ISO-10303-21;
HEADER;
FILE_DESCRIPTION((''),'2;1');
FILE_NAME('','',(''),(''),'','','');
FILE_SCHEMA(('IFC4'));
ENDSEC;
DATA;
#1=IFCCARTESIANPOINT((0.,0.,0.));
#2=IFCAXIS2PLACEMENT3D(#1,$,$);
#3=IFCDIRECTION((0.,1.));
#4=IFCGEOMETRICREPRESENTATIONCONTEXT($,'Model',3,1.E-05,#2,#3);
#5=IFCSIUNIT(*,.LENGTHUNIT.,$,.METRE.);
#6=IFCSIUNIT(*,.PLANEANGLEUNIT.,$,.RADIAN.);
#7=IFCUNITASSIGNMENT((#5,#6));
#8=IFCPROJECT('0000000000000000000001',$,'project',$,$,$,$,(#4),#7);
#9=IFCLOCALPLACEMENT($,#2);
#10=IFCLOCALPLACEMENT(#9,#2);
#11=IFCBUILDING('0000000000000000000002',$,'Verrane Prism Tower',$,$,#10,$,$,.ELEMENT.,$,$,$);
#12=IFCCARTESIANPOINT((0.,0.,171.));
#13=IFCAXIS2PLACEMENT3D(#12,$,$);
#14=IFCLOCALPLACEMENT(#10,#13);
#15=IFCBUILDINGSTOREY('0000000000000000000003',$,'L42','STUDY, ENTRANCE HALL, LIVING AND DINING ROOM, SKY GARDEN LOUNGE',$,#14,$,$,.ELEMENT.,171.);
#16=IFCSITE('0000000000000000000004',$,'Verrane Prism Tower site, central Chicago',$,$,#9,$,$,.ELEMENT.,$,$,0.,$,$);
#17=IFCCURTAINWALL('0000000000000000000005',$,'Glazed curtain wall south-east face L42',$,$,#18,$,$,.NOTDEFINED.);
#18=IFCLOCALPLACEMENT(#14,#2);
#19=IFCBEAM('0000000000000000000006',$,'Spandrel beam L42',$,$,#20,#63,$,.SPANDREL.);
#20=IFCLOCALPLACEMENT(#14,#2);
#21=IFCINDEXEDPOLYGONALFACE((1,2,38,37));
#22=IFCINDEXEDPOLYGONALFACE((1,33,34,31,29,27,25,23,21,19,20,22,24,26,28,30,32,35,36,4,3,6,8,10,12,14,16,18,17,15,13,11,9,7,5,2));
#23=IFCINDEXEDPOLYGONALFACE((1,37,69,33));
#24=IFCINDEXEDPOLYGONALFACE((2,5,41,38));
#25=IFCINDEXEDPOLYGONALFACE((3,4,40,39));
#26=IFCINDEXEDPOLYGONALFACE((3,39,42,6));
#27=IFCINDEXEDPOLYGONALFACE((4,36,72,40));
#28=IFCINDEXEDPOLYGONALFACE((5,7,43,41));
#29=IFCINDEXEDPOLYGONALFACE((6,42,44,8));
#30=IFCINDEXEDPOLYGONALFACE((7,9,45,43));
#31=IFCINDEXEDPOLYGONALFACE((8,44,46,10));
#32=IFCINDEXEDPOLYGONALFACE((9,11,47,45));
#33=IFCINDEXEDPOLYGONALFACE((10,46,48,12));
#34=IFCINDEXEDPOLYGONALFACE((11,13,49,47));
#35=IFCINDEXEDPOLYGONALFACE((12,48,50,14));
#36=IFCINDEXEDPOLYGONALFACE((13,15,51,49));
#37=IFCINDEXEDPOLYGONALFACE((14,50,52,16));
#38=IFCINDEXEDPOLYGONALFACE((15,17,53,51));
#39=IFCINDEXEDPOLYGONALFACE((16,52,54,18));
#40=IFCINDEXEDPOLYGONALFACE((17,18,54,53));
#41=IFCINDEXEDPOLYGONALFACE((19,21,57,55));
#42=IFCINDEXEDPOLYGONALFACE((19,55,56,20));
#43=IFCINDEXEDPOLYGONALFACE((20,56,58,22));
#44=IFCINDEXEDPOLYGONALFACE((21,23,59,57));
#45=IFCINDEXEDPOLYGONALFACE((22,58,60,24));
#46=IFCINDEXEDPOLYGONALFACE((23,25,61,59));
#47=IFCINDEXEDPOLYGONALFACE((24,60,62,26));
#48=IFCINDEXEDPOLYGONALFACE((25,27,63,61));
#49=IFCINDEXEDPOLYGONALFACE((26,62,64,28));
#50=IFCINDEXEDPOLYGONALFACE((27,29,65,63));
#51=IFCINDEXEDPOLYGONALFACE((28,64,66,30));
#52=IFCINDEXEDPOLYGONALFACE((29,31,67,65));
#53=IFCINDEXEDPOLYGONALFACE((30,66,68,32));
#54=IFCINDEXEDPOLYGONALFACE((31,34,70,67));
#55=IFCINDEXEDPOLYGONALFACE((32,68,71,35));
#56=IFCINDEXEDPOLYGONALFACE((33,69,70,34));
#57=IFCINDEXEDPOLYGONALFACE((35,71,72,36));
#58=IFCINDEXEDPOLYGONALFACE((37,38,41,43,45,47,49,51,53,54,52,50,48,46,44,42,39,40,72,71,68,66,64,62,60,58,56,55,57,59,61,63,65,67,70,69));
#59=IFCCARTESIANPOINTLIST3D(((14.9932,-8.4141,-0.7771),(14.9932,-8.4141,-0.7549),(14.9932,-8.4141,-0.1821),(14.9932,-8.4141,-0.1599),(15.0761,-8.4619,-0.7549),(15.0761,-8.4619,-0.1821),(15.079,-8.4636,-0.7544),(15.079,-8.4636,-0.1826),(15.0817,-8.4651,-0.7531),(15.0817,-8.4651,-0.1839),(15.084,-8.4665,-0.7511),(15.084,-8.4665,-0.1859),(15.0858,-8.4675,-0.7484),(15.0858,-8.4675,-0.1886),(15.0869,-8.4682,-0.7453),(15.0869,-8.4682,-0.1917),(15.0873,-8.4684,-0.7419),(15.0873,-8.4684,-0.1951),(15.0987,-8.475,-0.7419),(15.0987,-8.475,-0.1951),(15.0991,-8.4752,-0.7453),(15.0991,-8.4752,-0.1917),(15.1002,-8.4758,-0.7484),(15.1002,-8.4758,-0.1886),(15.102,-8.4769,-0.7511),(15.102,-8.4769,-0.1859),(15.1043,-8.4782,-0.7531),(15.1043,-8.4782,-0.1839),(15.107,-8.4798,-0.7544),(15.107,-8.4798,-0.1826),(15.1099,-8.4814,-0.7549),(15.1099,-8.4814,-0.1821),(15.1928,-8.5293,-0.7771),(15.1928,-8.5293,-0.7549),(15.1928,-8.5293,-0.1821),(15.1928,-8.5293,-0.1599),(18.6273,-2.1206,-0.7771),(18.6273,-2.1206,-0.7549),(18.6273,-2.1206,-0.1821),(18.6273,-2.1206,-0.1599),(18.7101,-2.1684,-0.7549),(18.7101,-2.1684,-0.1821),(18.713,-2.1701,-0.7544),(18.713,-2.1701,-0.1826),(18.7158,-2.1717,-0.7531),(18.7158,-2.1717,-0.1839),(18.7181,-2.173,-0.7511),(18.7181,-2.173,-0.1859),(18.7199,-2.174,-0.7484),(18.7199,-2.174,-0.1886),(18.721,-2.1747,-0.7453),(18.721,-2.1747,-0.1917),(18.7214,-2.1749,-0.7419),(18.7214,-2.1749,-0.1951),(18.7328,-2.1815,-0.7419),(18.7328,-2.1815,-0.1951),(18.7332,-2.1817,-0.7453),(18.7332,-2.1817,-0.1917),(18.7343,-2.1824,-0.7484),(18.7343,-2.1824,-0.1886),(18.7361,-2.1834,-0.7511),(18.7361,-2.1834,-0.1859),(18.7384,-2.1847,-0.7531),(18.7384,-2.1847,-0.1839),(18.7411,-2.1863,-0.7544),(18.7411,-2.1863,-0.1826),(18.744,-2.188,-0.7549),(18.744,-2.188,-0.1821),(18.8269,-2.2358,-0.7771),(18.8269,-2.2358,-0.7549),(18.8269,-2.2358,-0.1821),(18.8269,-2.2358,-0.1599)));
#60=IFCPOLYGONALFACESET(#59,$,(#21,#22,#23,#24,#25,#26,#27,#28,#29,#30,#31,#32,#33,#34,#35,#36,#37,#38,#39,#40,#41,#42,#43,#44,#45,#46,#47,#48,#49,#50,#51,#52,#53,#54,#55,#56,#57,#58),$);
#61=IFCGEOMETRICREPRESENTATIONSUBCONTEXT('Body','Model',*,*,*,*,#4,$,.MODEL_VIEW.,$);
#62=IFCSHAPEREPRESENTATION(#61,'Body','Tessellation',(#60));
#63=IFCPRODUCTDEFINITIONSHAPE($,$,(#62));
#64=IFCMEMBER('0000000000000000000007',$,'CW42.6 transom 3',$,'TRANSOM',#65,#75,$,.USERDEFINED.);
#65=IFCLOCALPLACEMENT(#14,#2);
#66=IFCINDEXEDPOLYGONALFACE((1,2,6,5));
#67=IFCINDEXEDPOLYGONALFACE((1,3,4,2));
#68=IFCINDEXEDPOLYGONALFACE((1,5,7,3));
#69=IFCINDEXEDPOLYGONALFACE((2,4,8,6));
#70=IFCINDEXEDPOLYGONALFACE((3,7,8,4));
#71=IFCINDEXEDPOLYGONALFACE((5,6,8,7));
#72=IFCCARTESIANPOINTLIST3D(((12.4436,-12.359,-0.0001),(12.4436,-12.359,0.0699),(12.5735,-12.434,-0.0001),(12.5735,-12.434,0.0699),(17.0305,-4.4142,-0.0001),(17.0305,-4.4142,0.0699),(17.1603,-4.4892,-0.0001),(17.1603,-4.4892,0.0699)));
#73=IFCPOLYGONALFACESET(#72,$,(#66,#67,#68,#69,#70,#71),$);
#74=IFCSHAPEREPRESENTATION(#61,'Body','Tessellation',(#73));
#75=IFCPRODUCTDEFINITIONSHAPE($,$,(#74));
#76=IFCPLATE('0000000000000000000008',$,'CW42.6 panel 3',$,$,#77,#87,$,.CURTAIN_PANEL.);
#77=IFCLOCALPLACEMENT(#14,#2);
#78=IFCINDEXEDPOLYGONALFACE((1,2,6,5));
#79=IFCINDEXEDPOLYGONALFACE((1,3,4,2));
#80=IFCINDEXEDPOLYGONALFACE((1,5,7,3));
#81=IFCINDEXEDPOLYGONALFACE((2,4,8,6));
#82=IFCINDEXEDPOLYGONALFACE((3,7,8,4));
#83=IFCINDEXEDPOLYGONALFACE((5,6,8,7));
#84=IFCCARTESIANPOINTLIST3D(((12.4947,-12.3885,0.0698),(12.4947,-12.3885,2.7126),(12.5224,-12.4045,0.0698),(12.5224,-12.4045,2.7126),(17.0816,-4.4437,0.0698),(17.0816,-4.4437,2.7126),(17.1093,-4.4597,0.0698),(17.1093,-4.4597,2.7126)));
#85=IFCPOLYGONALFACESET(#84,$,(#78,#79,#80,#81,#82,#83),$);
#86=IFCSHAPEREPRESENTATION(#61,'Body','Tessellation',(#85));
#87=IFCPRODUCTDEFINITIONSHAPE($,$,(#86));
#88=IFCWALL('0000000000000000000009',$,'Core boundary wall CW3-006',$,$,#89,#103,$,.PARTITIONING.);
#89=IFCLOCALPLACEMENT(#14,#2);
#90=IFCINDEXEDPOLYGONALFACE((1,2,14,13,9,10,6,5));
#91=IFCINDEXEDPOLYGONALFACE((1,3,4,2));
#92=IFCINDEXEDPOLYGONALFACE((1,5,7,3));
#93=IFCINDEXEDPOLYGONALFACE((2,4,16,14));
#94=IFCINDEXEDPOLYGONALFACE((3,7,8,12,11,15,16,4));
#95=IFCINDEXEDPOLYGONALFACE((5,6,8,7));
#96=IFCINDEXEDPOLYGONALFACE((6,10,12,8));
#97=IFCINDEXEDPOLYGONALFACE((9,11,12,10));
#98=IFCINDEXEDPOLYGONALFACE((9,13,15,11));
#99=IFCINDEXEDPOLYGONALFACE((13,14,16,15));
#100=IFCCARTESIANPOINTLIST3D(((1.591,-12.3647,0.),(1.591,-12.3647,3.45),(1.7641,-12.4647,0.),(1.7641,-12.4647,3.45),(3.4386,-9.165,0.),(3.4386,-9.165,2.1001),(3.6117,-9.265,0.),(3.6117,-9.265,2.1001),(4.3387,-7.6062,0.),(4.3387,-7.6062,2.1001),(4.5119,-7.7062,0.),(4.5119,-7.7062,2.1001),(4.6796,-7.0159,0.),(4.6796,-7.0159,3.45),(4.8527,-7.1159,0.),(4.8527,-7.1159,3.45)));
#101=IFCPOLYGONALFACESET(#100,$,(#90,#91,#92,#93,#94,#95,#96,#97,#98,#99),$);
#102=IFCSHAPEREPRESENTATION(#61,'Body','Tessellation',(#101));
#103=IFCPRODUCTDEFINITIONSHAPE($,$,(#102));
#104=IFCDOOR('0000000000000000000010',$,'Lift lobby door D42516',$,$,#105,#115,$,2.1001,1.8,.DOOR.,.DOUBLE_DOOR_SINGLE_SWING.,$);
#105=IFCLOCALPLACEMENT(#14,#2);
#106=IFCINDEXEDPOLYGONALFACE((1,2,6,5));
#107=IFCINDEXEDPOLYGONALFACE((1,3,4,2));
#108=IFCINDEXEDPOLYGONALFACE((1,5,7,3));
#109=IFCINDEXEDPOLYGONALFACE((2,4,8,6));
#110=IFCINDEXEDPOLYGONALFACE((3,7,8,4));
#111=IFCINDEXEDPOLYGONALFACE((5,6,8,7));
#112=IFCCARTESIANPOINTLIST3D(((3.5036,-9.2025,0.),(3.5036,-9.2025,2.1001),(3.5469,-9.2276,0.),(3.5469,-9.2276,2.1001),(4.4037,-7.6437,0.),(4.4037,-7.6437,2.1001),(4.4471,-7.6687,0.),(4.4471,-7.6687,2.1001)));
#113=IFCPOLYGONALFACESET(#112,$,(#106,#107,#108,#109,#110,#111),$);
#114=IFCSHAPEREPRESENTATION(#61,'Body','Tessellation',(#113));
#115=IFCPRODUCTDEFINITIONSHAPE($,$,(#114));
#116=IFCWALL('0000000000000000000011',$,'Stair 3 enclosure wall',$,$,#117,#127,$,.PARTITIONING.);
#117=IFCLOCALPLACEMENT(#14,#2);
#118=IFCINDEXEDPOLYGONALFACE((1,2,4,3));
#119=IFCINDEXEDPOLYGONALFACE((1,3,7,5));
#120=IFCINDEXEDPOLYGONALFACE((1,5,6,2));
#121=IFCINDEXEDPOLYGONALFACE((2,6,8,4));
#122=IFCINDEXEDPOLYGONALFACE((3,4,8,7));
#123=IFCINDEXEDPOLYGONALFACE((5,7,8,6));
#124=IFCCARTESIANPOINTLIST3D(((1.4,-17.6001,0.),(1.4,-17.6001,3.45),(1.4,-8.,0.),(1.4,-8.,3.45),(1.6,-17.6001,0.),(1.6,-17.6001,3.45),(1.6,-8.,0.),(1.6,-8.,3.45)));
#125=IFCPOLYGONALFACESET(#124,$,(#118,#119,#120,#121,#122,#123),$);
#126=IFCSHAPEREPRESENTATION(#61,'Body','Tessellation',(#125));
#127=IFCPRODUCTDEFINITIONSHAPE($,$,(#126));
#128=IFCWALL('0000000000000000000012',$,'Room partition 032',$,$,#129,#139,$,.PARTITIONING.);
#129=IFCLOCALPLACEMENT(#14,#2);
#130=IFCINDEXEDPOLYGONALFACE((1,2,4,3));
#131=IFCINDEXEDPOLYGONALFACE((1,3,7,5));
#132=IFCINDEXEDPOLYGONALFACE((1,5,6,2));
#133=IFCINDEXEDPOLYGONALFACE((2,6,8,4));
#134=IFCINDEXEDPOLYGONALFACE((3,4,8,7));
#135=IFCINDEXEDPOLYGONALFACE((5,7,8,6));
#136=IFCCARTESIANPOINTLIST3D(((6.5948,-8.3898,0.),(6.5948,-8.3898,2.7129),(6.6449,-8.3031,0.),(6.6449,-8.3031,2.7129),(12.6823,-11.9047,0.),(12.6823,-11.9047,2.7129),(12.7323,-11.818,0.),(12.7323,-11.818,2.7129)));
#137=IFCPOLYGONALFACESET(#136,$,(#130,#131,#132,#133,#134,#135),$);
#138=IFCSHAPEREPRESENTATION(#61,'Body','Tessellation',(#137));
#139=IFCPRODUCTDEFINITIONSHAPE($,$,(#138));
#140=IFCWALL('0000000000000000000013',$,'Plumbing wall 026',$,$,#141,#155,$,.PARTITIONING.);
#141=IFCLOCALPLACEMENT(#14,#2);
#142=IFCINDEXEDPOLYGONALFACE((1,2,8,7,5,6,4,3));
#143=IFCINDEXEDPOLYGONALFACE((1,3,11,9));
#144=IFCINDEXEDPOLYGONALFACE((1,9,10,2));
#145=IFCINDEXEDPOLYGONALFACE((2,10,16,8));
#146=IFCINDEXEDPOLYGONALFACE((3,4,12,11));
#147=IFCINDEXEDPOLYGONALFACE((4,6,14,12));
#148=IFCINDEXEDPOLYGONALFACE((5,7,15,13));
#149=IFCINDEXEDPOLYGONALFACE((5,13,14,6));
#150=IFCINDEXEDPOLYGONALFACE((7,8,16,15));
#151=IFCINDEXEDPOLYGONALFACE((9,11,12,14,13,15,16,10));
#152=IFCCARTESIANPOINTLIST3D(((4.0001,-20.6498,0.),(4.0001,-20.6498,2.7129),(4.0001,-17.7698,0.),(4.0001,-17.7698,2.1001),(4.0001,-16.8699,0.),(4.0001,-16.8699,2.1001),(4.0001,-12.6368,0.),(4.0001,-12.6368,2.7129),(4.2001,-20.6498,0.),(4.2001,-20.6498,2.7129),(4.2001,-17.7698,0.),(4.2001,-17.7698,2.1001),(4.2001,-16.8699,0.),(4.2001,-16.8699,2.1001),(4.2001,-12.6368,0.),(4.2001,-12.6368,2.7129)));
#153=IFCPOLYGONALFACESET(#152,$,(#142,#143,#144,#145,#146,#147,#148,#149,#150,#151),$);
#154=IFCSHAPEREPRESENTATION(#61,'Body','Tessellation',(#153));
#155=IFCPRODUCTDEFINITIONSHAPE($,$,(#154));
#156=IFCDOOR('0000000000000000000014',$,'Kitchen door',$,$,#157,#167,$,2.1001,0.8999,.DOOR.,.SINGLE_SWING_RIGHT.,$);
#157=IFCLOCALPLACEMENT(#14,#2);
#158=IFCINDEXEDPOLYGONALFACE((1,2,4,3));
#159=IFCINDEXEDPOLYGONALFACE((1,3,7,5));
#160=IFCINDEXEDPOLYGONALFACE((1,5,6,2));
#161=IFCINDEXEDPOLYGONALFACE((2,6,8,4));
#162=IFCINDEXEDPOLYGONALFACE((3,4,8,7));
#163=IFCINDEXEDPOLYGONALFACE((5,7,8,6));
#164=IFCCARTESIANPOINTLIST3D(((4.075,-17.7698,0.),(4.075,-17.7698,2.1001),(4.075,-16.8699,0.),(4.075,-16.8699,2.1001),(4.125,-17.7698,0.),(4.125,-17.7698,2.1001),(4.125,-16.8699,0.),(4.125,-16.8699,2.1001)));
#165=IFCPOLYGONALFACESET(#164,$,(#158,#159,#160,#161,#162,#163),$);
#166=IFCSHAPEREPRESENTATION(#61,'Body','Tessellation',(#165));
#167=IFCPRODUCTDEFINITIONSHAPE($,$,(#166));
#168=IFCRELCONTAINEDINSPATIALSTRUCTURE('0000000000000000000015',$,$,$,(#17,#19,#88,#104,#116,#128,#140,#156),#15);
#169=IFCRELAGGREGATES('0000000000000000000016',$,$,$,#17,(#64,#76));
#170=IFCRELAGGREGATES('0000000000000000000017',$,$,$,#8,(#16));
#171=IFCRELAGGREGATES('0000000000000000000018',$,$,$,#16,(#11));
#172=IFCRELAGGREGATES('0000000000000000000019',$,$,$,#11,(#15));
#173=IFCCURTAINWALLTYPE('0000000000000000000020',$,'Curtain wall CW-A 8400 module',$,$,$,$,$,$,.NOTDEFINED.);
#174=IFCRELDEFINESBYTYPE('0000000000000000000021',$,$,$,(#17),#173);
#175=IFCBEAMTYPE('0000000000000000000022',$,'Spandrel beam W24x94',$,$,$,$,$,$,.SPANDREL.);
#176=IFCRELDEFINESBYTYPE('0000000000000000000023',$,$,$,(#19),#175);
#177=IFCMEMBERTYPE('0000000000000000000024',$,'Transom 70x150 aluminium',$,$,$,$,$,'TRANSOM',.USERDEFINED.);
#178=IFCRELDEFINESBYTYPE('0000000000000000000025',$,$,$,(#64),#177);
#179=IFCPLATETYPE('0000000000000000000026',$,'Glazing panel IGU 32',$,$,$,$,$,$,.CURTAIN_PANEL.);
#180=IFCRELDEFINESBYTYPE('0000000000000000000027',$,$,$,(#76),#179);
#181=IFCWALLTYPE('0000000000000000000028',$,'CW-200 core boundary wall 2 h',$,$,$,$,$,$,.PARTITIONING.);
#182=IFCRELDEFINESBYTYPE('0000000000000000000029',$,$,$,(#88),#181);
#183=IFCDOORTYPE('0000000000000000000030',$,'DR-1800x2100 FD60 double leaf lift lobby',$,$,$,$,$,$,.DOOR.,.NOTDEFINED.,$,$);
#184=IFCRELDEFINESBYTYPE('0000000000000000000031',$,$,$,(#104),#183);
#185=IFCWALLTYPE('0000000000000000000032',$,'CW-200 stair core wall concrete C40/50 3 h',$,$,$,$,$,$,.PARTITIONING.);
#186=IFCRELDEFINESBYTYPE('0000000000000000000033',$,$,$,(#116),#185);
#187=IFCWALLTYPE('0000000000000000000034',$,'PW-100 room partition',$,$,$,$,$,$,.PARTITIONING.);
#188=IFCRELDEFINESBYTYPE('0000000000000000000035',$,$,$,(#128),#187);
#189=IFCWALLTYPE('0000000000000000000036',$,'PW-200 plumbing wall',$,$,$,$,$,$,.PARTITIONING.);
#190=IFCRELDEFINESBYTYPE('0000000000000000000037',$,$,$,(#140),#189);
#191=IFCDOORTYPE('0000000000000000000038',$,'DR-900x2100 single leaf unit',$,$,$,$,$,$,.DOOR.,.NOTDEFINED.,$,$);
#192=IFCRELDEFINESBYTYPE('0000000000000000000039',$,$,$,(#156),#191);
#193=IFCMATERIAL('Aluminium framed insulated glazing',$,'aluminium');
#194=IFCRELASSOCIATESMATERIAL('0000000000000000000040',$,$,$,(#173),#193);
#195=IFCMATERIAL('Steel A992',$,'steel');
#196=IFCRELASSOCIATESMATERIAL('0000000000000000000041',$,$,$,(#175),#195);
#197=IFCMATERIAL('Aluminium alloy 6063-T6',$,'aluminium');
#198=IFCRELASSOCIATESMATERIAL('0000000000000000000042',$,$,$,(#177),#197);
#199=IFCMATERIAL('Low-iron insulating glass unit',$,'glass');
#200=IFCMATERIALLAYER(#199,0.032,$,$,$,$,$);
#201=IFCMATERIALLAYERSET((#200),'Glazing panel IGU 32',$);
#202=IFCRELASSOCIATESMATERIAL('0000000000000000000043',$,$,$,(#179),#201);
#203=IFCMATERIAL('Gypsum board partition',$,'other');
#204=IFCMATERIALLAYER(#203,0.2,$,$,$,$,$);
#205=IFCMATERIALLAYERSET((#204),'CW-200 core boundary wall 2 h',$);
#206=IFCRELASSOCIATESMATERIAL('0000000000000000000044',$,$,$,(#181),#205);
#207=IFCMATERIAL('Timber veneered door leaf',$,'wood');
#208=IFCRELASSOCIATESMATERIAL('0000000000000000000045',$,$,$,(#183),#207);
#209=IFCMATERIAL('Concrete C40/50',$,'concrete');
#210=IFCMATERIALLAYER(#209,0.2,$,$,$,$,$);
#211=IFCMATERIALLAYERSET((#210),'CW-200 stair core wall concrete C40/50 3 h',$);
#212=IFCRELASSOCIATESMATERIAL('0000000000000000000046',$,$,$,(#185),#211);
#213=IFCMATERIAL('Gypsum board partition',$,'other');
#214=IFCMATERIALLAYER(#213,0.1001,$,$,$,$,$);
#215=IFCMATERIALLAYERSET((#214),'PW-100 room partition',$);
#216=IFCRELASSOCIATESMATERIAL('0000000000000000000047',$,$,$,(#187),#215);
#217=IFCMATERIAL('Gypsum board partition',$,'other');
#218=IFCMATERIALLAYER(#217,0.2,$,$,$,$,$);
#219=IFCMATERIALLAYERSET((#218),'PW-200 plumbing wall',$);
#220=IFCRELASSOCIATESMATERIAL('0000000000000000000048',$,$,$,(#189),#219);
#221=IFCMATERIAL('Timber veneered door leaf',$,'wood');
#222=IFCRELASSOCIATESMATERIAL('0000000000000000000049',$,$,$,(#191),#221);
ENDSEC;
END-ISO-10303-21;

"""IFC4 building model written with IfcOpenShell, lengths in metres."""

from ifc_helpers import new_model, si_unit, direction, frame, frame_2d, origin, origin_2d, place, context, subcontext, project, spatial, rectangle, i_section, extrude, material, layer, layer_set, material_profile, profile_set, type_object, element, fill, aggregate, save


model = new_model("IFC4")

# Units and contexts
model_context = context("Model", 3, precision=1e-05, world=origin(), true_north=direction((0.0, 1.0)))
body_context = subcontext(model_context, "Body", "Model", "MODEL_VIEW")
ifc_project = project(units=[si_unit("LENGTHUNIT", "METRE"), si_unit("PLANEANGLEUNIT", "RADIAN")], contexts=[model_context])

# Site, building, storey
site_placement = place(None, origin())
site = spatial("IfcSite", under=ifc_project, at=site_placement, Name="Verrane Prism Tower site, central Chicago", CompositionType="ELEMENT", RefElevation=0.0)
building_placement = place(site_placement, origin())
building = spatial("IfcBuilding", under=site, at=building_placement, Name="Verrane Prism Tower", CompositionType="ELEMENT")
storey_placement = place(building_placement, frame((0.0, 0.0, 171.0)))
storey = spatial("IfcBuildingStorey", under=building, at=storey_placement, Name="L42", Description="STUDY, ENTRANCE HALL, LIVING AND DINING ROOM, SKY GARDEN LOUNGE", CompositionType="ELEMENT", Elevation=171.0)

# Curtain wall
ifc_material_1 = material(Name="Aluminium framed insulated glazing", Category="aluminium")
curtain_wall_type = type_object("IfcCurtainWallType", Name="Curtain wall CW-A 8400 module", PredefinedType="NOTDEFINED", material=ifc_material_1)
curtain_wall_placement = place(storey_placement, origin())
curtain_wall = element("IfcCurtainWall", 1, at=curtain_wall_placement, inside=storey, type_object=curtain_wall_type, Name="Glazed curtain wall south-east face L42", PredefinedType="NOTDEFINED")

# Beam
ifc_material_2 = material(Name="Steel A992", Category="steel")
ifc_material_profile_1 = material_profile(ifc_material_2, i_section(OverallWidth=0.2305, OverallDepth=0.6172, WebThickness=0.0132, FlangeThickness=0.0222, FilletRadius=0.0129, at=origin_2d()), Name="W24x94")
ifc_profile_set_1 = profile_set([ifc_material_profile_1], Name="Steel A992")
beam_type_1 = type_object("IfcBeamType", Name="Spandrel beam W24x94", PredefinedType="SPANDREL", material=ifc_profile_set_1)
beam_1_placement = place(storey_placement, frame((15.093, -8.4717, -0.4685), z_axis=(0.500052, 0.865995, 0.0), x_axis=(-0.865995, 0.500052, 0.0)))
element("IfcBeam", 2, at=beam_1_placement, inside=storey, type_object=beam_type_1, Name="Spandrel beam L42", PredefinedType="SPANDREL", context=body_context, shape_type="SweptSolid", body=[
    extrude(i_section(OverallWidth=0.2305, OverallDepth=0.6172, WebThickness=0.0132, FlangeThickness=0.0222, FilletRadius=0.0129, at=origin_2d()), origin(), (0.0, 0.0, 1.0), 7.2673),
])

# Member
ifc_material_3 = material(Name="Aluminium alloy 6063-T6", Category="aluminium")
ifc_material_profile_2 = material_profile(ifc_material_3, rectangle(XDim=0.1499, YDim=0.0701, at=origin_2d()), Name="Transom 70x150 aluminium")
ifc_profile_set_2 = profile_set([ifc_material_profile_2], Name="Aluminium alloy 6063-T6")
member_type_1 = type_object("IfcMemberType", Name="Transom 70x150 aluminium", ElementType="TRANSOM", PredefinedType="USERDEFINED", material=ifc_profile_set_2)
member_1_placement = place(storey_placement, frame((12.5085, -12.3965, 0.0349), z_axis=(0.499997, 0.866027, 0.0), x_axis=(-0.866027, 0.499997, 0.0)))
member_1 = element("IfcMember", 3, at=member_1_placement, type_object=member_type_1, Name="CW42.6 transom 3", ObjectType="TRANSOM", PredefinedType="USERDEFINED", context=body_context, shape_type="SweptSolid", body=[
    extrude(rectangle(XDim=0.1499, YDim=0.0701, at=origin_2d()), origin(), (0.0, 0.0, 1.0), 9.1738),
])

# Plate
ifc_material_4 = material(Name="Low-iron insulating glass unit", Category="glass")
ifc_layer_1 = layer(ifc_material_4, 0.032)
ifc_layer_set_1 = layer_set([ifc_layer_1], Name="Glazing panel IGU 32")
plate_type = type_object("IfcPlateType", Name="Glazing panel IGU 32", PredefinedType="CURTAIN_PANEL", material=ifc_layer_set_1)
plate_placement = place(storey_placement, frame((14.802, -8.4241, 0.0698), z_axis=(0.0, 0.0, 1.0), x_axis=(0.499998, 0.866026, 0.0)))
plate = element("IfcPlate", 4, at=plate_placement, type_object=plate_type, Name="CW42.6 panel 3", PredefinedType="CURTAIN_PANEL", context=body_context, shape_type="SweptSolid", body=[
    extrude(rectangle(XDim=9.1738, YDim=0.032, at=origin_2d()), origin(), (0.0, 0.0, 1.0), 2.6428),
])
aggregate(curtain_wall, [member_1, plate])

# Wall, opening, door
ifc_material_5 = material(Name="Gypsum board partition", Category="other")
ifc_layer_2 = layer(ifc_material_5, 0.2)
ifc_layer_set_2 = layer_set([ifc_layer_2], Name="CW-200 core boundary wall 2 h")
wall_type_1 = type_object("IfcWallType", Name="CW-200 core boundary wall 2 h", PredefinedType="PARTITIONING", material=ifc_layer_set_2)
wall_1_placement = place(storey_placement, frame((1.6775, -12.4148, 0.0), z_axis=(0.0, 0.0, 1.0), x_axis=(0.500054, 0.865994, 0.0)))
wall_1 = element("IfcWall", 5, at=wall_1_placement, inside=storey, type_object=wall_type_1, Name="Core boundary wall CW3-006", PredefinedType="PARTITIONING", context=body_context, shape_type="SweptSolid", body=[
    extrude(rectangle(XDim=6.1765, YDim=0.2, at=frame_2d((3.0884, 0.0))), origin(), (0.0, 0.0, 1.0), 3.45),
])
opening_1_placement = place(wall_1_placement, frame((3.6951, 0.0, 0.0)))
opening_1 = element("IfcOpeningElement", 6, at=opening_1_placement, cuts=wall_1, PredefinedType="OPENING", context=body_context, shape_type="SweptSolid", body=[
    extrude(rectangle(XDim=1.8, YDim=2.1001, at=frame_2d((0.8999, 1.05))), frame((0.0, 0.1099, 0.0), z_axis=(0.0, -1.0, 0.0), x_axis=(1.0, 0.0, 0.0)), (0.0, 0.0, 1.0), 0.22),
])
ifc_material_6 = material(Name="Timber veneered door leaf", Category="wood")
door_type_1 = type_object("IfcDoorType", Name="DR-1800x2100 FD60 double leaf lift lobby", OperationType="NOTDEFINED", PredefinedType="DOOR", material=ifc_material_6)
door_1_placement = place(opening_1_placement, origin())
door_1 = element("IfcDoor", 7, at=door_1_placement, inside=storey, type_object=door_type_1, Name="Lift lobby door D42516", OperationType="DOUBLE_DOOR_SINGLE_SWING", OverallHeight=2.1001, OverallWidth=1.8, PredefinedType="DOOR", context=body_context, shape_type="SweptSolid", body=[
    extrude(rectangle(XDim=1.8, YDim=2.1001, at=frame_2d((0.8999, 1.05))), frame((0.0, 0.0249, 0.0), z_axis=(0.0, -1.0, 0.0), x_axis=(1.0, 0.0, 0.0)), (0.0, 0.0, 1.0), 0.05),
])
fill(opening_1, door_1)

# Walls
ifc_material_7 = material(Name="Concrete C40/50", Category="concrete")
ifc_layer_3 = layer(ifc_material_7, 0.2)
ifc_layer_set_3 = layer_set([ifc_layer_3], Name="CW-200 stair core wall concrete C40/50 3 h")
wall_type_2 = type_object("IfcWallType", Name="CW-200 stair core wall concrete C40/50 3 h", PredefinedType="PARTITIONING", material=ifc_layer_set_3)
wall_2_placement = place(storey_placement, frame((1.5, -8.0, 0.0), z_axis=(0.0, 0.0, 1.0), x_axis=(0.0, -1.0, 0.0)))
element("IfcWall", 8, at=wall_2_placement, inside=storey, type_object=wall_type_2, Name="Stair 3 enclosure wall", PredefinedType="PARTITIONING", context=body_context, shape_type="SweptSolid", body=[
    extrude(rectangle(XDim=9.6001, YDim=0.2, at=frame_2d((4.8, 0.0))), origin(), (0.0, 0.0, 1.0), 3.45),
])
ifc_material_8 = material(Name="Gypsum board partition", Category="other")
ifc_layer_4 = layer(ifc_material_8, 0.1001)
ifc_layer_set_4 = layer_set([ifc_layer_4], Name="PW-100 room partition")
wall_type_3 = type_object("IfcWallType", Name="PW-100 room partition", PredefinedType="PARTITIONING", material=ifc_layer_set_4)
wall_3_placement = place(storey_placement, frame((6.6199, -8.3464, 0.0), z_axis=(0.0, 0.0, 1.0), x_axis=(0.866005, -0.500035, 0.0)))
element("IfcWall", 9, at=wall_3_placement, inside=storey, type_object=wall_type_3, Name="Room partition 032", PredefinedType="PARTITIONING", context=body_context, shape_type="SweptSolid", body=[
    extrude(rectangle(XDim=7.0293, YDim=0.1001, at=frame_2d((3.5146, 0.0))), origin(), (0.0, 0.0, 1.0), 2.7129),
])

# Wall, opening, door
ifc_material_9 = material(Name="Gypsum board partition", Category="other")
ifc_layer_5 = layer(ifc_material_9, 0.2)
ifc_layer_set_5 = layer_set([ifc_layer_5], Name="PW-200 plumbing wall")
wall_type_4 = type_object("IfcWallType", Name="PW-200 plumbing wall", PredefinedType="PARTITIONING", material=ifc_layer_set_5)
wall_4_placement = place(storey_placement, frame((4.1001, -12.637, 0.0), z_axis=(0.0, 0.0, 1.0), x_axis=(0.0, -1.0, 0.0)))
wall_4 = element("IfcWall", 10, at=wall_4_placement, inside=storey, type_object=wall_type_4, Name="Plumbing wall 026", PredefinedType="PARTITIONING", context=body_context, shape_type="SweptSolid", body=[
    extrude(rectangle(XDim=8.0129, YDim=0.2, at=frame_2d((4.0063, 0.0))), origin(), (0.0, 0.0, 1.0), 2.7129),
])
opening_2_placement = place(wall_4_placement, frame((4.2329, 0.0, 0.0)))
opening_2 = element("IfcOpeningElement", 11, at=opening_2_placement, cuts=wall_4, PredefinedType="OPENING", context=body_context, shape_type="SweptSolid", body=[
    extrude(rectangle(XDim=0.8999, YDim=2.1001, at=frame_2d((0.45, 1.05))), frame((0.0, 0.1099, 0.0), z_axis=(0.0, -1.0, 0.0), x_axis=(1.0, 0.0, 0.0)), (0.0, 0.0, 1.0), 0.22),
])
ifc_material_10 = material(Name="Timber veneered door leaf", Category="wood")
door_type_2 = type_object("IfcDoorType", Name="DR-900x2100 single leaf unit", OperationType="NOTDEFINED", PredefinedType="DOOR", material=ifc_material_10)
door_2_placement = place(opening_2_placement, origin())
door_2 = element("IfcDoor", 12, at=door_2_placement, inside=storey, type_object=door_type_2, Name="Kitchen door", OperationType="SINGLE_SWING_RIGHT", OverallHeight=2.1001, OverallWidth=0.8999, PredefinedType="DOOR", context=body_context, shape_type="SweptSolid", body=[
    extrude(rectangle(XDim=0.8999, YDim=2.1001, at=frame_2d((0.45, 1.05))), frame((0.0, 0.0249, 0.0), z_axis=(0.0, -1.0, 0.0), x_axis=(1.0, 0.0, 0.0)), (0.0, 0.0, 1.0), 0.05),
])
fill(opening_2, door_2)

save(model, "model.ifc")
